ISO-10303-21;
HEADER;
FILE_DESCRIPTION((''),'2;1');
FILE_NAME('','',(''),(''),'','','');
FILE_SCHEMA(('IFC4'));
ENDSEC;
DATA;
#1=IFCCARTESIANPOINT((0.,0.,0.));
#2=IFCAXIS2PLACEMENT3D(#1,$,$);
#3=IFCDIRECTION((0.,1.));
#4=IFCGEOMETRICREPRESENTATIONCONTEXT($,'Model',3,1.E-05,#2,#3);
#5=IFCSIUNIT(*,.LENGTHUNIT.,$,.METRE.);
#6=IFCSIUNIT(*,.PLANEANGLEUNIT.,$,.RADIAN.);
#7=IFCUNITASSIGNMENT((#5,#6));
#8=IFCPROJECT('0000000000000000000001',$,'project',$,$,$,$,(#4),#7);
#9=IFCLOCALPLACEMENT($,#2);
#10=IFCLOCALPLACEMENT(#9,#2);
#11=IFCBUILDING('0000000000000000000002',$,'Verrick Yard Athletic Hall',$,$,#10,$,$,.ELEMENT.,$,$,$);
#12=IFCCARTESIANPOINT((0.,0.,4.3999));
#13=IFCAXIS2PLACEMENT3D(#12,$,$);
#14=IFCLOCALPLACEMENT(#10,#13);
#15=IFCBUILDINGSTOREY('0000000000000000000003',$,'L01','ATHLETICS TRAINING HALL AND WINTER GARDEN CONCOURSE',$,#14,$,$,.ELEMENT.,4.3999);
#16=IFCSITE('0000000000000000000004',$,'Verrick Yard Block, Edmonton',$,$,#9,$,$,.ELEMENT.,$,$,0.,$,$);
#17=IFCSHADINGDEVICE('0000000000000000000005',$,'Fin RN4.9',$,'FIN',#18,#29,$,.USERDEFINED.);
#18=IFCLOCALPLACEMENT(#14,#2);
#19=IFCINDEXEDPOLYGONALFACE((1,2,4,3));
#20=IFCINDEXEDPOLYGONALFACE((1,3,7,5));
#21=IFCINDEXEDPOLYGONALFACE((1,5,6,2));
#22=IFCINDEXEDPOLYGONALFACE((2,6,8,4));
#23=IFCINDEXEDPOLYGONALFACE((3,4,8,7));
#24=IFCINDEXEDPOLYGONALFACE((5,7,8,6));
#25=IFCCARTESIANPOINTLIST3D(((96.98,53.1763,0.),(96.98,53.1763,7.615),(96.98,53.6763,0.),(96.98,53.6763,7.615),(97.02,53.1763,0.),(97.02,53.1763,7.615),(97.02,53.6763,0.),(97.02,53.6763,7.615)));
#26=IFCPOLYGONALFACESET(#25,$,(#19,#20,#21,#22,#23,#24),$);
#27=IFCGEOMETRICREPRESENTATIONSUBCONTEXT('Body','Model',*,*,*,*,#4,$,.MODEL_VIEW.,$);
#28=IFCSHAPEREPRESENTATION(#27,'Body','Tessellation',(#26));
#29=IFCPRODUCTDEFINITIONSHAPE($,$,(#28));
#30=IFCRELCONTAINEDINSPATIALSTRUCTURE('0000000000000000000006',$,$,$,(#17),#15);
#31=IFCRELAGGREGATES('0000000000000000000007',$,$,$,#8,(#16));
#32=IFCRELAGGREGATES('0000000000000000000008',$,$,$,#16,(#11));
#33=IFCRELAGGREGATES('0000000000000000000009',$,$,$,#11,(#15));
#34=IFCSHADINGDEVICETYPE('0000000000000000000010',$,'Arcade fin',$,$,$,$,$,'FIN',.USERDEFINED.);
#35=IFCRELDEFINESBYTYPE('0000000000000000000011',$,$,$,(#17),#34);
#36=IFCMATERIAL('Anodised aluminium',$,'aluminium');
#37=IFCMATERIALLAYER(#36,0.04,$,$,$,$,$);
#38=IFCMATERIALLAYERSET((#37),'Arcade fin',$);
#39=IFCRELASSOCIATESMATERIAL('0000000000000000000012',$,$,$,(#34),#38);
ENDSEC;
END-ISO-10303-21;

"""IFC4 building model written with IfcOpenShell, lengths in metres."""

from ifc_helpers import new_model, si_unit, direction, frame, origin, place, context, subcontext, project, spatial, polyline, outline, extrude, material, layer, layer_set, type_object, element, save


model = new_model("IFC4")

# Units and contexts
model_context = context("Model", 3, precision=1e-05, world=origin(), true_north=direction((0.0, 1.0)))
body_context = subcontext(model_context, "Body", "Model", "MODEL_VIEW")
ifc_project = project(units=[si_unit("LENGTHUNIT", "METRE"), si_unit("PLANEANGLEUNIT", "RADIAN")], contexts=[model_context])

# Site, building, storey
site_placement = place(None, origin())
site = spatial("IfcSite", under=ifc_project, at=site_placement, Name="Verrick Yard Block, Edmonton", CompositionType="ELEMENT", RefElevation=0.0)
building_placement = place(site_placement, origin())
building = spatial("IfcBuilding", under=site, at=building_placement, Name="Verrick Yard Athletic Hall", CompositionType="ELEMENT")
storey_placement = place(building_placement, frame((0.0, 0.0, 4.3999)))
storey = spatial("IfcBuildingStorey", under=building, at=storey_placement, Name="L01", Description="ATHLETICS TRAINING HALL AND WINTER GARDEN CONCOURSE", CompositionType="ELEMENT", Elevation=4.3999)

# Shading device
ifc_material_1 = material(Name="Anodised aluminium", Category="aluminium")
ifc_layer_1 = layer(ifc_material_1, 0.04)
ifc_layer_set_1 = layer_set([ifc_layer_1], Name="Arcade fin")
shading_device_type = type_object("IfcShadingDeviceType", Name="Arcade fin", ElementType="FIN", PredefinedType="USERDEFINED", material=ifc_layer_set_1)
shading_device_1_placement = place(storey_placement, frame((97.0, 53.1763, 0.0), z_axis=(0.0, 0.0, 1.0), x_axis=(0.0, 1.0, 0.0)))
element("IfcShadingDevice", 1, at=shading_device_1_placement, inside=storey, type_object=shading_device_type, Name="Fin RN4.9", ObjectType="FIN", PredefinedType="USERDEFINED", context=body_context, shape_type="SweptSolid", body=[
    extrude(outline(polyline([(0.0, 0.0), (0.5, 0.0), (0.5, 7.615), (0.0, 7.615), (0.0, 0.0)])), frame((0.0, 0.02, 0.0), z_axis=(0.0, -1.0, 0.0), x_axis=(1.0, 0.0, 0.0)), (0.0, 0.0, 1.0), 0.04),
])

save(model, "model.ifc")
